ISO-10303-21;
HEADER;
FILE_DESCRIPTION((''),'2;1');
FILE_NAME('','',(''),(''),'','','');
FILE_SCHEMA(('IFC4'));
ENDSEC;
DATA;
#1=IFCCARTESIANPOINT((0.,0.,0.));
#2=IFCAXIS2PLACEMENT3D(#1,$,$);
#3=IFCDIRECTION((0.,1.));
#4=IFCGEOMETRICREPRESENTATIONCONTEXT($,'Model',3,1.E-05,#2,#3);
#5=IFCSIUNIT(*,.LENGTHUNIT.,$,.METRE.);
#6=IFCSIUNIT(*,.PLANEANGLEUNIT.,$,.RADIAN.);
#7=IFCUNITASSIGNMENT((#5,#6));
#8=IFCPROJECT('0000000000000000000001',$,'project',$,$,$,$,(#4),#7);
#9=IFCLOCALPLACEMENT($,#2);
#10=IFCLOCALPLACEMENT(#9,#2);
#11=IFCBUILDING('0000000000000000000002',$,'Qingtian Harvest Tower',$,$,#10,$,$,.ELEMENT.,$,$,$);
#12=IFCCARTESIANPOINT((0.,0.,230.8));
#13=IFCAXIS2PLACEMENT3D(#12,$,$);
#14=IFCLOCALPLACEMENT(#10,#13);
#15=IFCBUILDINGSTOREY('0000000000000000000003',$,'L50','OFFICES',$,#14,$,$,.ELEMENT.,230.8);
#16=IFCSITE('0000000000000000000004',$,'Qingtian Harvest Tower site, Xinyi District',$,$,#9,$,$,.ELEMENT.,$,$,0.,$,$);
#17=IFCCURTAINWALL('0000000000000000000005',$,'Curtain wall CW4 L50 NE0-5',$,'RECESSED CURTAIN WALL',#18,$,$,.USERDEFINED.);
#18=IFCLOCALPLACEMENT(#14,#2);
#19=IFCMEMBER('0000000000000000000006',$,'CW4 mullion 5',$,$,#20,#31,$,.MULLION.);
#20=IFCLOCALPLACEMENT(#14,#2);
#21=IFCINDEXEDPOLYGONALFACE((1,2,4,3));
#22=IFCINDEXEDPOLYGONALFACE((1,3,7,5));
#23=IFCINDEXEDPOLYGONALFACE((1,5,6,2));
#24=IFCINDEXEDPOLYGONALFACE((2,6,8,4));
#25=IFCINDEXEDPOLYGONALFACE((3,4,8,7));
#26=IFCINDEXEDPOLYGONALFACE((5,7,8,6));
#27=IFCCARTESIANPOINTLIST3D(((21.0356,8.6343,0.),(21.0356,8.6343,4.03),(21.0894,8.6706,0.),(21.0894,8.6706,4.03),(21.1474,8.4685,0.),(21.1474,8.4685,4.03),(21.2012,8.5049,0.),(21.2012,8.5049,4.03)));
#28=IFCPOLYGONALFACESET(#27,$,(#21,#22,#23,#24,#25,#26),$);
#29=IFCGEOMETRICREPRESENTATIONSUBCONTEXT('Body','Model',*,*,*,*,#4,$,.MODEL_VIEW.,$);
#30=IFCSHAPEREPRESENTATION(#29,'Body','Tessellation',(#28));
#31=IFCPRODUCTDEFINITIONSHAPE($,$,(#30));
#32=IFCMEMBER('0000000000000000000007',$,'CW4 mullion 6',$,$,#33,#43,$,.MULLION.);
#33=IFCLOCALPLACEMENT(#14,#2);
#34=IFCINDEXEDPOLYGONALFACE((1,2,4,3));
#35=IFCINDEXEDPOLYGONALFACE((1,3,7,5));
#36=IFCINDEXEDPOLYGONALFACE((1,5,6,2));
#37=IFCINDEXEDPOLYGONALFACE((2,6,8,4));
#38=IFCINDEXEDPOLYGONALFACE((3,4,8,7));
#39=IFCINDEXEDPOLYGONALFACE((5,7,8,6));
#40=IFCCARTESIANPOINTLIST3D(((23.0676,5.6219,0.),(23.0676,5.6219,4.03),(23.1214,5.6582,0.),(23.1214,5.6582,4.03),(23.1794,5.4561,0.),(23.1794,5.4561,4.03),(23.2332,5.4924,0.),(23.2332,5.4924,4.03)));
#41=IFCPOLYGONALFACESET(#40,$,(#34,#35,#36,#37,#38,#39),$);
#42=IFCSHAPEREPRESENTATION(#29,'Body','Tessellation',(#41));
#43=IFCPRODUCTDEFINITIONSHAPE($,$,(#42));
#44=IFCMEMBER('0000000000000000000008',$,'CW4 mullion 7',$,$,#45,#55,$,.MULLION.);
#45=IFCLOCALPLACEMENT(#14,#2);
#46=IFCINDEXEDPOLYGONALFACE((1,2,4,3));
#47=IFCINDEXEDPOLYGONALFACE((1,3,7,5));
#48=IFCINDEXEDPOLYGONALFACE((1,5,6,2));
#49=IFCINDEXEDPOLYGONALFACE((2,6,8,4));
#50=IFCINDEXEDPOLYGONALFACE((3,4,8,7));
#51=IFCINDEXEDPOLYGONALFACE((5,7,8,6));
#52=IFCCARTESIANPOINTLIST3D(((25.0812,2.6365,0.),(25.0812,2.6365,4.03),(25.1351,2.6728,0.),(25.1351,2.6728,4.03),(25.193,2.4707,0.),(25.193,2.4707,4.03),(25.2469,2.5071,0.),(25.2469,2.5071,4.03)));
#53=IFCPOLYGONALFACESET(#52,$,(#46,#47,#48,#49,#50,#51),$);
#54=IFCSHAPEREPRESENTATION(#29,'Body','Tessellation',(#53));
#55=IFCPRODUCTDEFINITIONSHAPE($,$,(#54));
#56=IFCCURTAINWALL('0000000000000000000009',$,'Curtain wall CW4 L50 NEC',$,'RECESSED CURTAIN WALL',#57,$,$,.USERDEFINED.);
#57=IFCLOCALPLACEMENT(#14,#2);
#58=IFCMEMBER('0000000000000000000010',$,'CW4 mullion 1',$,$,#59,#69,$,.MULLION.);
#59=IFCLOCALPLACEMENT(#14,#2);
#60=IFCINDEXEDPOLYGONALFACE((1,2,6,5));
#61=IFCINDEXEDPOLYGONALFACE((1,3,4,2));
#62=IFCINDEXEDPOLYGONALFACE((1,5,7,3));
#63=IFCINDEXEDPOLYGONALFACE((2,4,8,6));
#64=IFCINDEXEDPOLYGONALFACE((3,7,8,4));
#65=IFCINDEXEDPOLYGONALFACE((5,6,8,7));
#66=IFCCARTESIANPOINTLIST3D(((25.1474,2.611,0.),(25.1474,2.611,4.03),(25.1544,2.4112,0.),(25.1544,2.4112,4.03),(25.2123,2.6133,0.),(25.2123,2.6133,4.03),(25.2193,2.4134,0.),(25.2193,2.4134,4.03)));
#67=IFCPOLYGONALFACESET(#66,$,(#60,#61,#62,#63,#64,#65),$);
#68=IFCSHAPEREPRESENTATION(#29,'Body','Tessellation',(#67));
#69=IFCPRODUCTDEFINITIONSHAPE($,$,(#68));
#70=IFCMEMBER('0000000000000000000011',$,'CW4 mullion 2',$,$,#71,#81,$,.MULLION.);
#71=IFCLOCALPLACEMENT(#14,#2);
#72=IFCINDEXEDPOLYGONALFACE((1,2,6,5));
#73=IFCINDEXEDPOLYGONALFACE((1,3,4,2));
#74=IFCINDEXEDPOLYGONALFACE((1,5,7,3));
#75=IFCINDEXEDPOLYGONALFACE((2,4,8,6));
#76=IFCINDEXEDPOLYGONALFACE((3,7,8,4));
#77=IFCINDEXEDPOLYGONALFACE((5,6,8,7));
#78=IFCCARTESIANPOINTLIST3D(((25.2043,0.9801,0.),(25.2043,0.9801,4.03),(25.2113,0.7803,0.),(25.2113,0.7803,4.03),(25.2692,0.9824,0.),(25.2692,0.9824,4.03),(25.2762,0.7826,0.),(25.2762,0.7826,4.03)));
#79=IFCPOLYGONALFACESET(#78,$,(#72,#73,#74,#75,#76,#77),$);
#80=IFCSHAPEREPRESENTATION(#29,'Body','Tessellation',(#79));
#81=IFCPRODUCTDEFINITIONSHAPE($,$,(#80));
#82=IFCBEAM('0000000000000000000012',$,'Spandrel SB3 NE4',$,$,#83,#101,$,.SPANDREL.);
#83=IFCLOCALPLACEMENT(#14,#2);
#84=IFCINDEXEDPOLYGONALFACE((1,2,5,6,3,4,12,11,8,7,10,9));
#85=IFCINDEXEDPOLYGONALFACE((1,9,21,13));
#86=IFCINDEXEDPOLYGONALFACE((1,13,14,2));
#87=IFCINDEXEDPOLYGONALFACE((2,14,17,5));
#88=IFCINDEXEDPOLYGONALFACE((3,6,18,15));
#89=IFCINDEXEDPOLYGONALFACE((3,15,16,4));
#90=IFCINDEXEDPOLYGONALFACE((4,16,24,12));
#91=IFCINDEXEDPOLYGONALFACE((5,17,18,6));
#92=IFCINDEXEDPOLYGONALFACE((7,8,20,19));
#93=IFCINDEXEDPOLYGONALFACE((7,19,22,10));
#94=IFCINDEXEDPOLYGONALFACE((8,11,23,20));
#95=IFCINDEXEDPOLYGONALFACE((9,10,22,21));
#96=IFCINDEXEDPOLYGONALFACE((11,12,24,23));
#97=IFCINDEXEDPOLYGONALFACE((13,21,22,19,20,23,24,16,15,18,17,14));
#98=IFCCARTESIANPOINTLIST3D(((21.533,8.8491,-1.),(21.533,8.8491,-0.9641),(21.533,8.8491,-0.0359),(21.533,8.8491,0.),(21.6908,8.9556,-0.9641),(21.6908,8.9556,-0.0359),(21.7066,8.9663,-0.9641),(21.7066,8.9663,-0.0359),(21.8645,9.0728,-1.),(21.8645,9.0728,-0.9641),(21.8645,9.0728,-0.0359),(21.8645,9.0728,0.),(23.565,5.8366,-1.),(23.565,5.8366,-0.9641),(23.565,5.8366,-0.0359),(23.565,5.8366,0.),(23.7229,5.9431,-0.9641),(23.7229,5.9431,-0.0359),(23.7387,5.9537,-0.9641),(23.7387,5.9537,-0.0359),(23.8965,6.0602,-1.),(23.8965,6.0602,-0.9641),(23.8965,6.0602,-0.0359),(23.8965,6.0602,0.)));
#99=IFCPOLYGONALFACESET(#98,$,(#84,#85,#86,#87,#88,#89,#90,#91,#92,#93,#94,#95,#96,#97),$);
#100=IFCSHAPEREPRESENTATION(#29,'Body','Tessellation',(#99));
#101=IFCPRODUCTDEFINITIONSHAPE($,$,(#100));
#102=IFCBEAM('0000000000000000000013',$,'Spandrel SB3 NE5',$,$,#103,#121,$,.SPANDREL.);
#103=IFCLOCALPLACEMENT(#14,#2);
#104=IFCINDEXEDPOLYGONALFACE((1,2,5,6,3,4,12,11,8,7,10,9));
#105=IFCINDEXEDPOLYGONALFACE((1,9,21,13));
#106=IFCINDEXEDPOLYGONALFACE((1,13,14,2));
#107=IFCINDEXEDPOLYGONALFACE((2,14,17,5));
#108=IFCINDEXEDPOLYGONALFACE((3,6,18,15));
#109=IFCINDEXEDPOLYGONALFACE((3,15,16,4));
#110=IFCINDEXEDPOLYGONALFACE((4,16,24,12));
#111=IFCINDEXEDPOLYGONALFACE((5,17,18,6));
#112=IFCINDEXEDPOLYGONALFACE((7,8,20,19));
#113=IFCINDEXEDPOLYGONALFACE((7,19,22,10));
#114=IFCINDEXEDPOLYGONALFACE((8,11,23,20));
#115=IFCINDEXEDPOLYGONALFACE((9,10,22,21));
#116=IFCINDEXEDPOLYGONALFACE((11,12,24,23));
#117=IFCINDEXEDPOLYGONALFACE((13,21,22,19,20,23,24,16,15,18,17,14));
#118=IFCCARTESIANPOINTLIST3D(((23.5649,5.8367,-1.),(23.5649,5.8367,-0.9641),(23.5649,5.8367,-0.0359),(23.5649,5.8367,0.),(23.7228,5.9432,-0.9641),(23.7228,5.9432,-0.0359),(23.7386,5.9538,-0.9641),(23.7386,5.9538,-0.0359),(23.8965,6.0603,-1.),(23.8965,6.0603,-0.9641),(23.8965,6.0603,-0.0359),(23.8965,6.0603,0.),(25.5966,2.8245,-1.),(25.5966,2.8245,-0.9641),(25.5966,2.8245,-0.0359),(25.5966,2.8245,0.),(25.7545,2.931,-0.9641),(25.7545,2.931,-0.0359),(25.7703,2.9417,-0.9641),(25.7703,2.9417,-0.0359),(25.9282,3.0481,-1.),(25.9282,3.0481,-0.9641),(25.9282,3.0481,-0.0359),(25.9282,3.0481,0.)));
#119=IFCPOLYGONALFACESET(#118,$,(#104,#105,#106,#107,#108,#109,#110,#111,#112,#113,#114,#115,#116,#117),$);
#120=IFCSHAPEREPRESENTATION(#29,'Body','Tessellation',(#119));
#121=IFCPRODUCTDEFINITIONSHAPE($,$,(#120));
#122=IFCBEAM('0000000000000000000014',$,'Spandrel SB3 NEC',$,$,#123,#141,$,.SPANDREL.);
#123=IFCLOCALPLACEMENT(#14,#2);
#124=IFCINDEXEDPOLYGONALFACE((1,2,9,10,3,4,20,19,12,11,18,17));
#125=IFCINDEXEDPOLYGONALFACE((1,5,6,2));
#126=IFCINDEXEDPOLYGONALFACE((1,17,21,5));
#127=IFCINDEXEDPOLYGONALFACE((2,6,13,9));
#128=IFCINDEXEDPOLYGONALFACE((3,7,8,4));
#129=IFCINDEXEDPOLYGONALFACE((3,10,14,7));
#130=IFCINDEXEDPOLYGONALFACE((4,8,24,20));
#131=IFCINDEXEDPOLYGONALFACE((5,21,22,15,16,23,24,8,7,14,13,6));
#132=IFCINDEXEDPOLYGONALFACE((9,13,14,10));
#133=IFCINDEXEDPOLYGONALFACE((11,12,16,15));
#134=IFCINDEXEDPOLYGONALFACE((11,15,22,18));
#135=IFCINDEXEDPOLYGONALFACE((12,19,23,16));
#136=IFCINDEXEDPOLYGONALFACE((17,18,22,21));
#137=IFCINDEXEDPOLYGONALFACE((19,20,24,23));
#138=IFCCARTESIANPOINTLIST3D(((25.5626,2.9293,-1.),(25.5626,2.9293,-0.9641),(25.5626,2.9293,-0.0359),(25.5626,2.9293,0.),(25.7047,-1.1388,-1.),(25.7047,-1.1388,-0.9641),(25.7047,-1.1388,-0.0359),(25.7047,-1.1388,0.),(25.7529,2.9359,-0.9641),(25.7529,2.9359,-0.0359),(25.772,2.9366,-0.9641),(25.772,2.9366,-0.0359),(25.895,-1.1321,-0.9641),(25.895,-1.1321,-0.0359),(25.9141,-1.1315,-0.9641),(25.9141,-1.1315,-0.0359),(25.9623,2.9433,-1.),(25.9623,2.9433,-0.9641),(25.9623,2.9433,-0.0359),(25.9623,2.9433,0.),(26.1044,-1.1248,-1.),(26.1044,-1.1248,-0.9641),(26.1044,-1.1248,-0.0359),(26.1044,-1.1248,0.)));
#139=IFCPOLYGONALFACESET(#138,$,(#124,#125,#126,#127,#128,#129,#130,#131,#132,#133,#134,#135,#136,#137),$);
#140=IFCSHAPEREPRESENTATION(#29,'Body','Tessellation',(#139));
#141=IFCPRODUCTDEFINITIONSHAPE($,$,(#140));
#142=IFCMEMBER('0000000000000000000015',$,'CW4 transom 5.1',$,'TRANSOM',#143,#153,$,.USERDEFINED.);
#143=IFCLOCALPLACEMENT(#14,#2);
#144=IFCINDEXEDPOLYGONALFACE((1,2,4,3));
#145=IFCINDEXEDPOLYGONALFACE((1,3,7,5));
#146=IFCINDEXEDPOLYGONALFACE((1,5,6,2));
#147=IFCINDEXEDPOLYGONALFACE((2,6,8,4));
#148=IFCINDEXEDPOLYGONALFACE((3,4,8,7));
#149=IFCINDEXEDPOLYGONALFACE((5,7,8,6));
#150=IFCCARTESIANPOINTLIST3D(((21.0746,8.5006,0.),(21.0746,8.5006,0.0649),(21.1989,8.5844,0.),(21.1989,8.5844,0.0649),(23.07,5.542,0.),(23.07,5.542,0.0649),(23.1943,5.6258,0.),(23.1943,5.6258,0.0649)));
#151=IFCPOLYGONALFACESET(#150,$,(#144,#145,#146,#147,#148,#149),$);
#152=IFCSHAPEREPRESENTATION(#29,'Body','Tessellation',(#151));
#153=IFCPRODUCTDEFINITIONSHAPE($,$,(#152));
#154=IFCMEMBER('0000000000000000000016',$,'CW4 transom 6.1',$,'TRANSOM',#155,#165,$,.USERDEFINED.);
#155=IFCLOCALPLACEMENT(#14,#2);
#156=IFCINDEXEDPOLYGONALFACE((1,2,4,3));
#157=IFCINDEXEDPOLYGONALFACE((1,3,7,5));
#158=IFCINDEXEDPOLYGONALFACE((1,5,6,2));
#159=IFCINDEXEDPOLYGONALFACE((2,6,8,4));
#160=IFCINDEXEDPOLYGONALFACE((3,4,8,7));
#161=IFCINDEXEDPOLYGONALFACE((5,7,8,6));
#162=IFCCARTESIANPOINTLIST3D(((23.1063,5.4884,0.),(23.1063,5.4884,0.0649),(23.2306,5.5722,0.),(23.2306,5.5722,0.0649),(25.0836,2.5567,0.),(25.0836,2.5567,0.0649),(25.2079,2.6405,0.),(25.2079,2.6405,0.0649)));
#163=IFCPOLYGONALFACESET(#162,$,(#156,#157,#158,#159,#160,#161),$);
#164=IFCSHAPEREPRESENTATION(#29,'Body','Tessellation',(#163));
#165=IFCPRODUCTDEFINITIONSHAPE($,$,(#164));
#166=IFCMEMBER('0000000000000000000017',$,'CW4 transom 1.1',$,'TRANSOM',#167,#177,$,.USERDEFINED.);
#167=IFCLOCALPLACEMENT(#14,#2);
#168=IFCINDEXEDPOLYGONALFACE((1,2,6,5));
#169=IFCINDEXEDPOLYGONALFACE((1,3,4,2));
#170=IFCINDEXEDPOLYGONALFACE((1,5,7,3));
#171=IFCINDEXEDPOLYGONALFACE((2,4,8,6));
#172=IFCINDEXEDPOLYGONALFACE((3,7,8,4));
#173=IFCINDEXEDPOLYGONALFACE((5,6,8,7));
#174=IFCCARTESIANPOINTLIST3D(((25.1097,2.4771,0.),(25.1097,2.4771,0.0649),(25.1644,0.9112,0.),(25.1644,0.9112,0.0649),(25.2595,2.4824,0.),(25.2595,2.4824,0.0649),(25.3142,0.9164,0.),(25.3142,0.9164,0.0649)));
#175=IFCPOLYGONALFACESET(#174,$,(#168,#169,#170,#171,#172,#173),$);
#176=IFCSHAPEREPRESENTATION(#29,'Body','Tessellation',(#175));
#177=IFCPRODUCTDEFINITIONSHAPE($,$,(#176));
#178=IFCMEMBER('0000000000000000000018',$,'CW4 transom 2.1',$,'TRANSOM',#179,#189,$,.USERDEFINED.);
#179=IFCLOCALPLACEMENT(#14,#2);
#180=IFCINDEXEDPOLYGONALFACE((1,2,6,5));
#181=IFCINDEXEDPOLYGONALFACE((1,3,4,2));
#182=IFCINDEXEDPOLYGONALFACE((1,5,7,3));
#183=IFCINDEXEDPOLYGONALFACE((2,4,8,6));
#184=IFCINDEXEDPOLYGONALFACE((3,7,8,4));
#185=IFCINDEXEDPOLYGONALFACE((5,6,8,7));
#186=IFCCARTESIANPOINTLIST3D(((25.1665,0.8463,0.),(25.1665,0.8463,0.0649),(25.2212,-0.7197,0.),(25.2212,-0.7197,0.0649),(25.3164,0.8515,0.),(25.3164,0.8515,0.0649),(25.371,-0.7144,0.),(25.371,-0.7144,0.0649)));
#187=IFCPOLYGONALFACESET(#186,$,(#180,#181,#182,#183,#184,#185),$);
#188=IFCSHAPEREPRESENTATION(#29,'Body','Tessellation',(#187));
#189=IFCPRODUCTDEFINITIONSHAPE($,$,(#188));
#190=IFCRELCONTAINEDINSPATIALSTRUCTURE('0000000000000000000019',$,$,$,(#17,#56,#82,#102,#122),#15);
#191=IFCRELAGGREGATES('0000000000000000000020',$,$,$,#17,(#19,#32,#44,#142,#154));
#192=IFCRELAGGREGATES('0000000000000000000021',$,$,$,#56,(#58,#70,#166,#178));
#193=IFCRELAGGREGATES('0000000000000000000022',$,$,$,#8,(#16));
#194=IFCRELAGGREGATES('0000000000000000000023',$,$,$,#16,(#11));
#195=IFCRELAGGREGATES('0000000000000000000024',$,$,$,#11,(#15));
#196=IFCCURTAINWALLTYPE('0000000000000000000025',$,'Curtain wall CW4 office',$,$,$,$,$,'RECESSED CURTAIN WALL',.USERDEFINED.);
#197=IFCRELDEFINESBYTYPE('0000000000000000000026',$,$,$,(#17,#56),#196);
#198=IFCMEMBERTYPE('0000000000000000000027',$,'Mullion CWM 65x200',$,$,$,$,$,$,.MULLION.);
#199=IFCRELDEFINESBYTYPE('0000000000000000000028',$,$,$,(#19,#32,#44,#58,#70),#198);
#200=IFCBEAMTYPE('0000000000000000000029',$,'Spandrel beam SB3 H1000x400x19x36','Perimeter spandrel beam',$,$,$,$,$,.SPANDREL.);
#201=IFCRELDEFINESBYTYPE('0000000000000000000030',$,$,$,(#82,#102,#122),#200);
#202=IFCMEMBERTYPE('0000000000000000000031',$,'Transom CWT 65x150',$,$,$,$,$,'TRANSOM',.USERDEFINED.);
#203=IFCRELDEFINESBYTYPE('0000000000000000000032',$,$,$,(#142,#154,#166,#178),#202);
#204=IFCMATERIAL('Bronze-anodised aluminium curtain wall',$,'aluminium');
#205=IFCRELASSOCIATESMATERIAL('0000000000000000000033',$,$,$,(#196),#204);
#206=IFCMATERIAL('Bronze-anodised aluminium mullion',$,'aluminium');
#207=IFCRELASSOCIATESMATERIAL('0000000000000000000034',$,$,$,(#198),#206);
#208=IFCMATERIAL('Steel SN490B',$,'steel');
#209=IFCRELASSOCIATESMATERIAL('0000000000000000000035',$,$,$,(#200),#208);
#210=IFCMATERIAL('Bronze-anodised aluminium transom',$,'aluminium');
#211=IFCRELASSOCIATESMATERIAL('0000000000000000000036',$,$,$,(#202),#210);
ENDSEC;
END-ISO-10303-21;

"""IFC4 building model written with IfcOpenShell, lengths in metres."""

from ifc_helpers import new_model, si_unit, direction, frame, origin, origin_2d, place, context, subcontext, project, spatial, rectangle, i_section, extrude, material, material_profile, profile_set, type_object, element, aggregate, save


model = new_model("IFC4")

# Units and contexts
model_context = context("Model", 3, precision=1e-05, world=origin(), true_north=direction((0.0, 1.0)))
body_context = subcontext(model_context, "Body", "Model", "MODEL_VIEW")
ifc_project = project(units=[si_unit("LENGTHUNIT", "METRE"), si_unit("PLANEANGLEUNIT", "RADIAN")], contexts=[model_context])

# Site, building, storey
site_placement = place(None, origin())
site = spatial("IfcSite", under=ifc_project, at=site_placement, Name="Qingtian Harvest Tower site, Xinyi District", CompositionType="ELEMENT", RefElevation=0.0)
building_placement = place(site_placement, origin())
building = spatial("IfcBuilding", under=site, at=building_placement, Name="Qingtian Harvest Tower", CompositionType="ELEMENT")
storey_placement = place(building_placement, frame((0.0, 0.0, 230.8)))
storey = spatial("IfcBuildingStorey", under=building, at=storey_placement, Name="L50", Description="OFFICES", CompositionType="ELEMENT", Elevation=230.8)

# Curtain walls, members
ifc_material_1 = material(Name="Bronze-anodised aluminium curtain wall", Category="aluminium")
curtain_wall_type = type_object("IfcCurtainWallType", Name="Curtain wall CW4 office", ElementType="RECESSED CURTAIN WALL", PredefinedType="USERDEFINED", material=ifc_material_1)
curtain_wall_1_placement = place(storey_placement, origin())
curtain_wall_1 = element("IfcCurtainWall", 1, at=curtain_wall_1_placement, inside=storey, type_object=curtain_wall_type, Name="Curtain wall CW4 L50 NE0-5", ObjectType="RECESSED CURTAIN WALL", PredefinedType="USERDEFINED")
ifc_material_2 = material(Name="Bronze-anodised aluminium mullion", Category="aluminium")
ifc_material_profile_1 = material_profile(ifc_material_2, rectangle(XDim=0.0649, YDim=0.2, at=origin_2d()), Name="AL 65x200")
ifc_profile_set_1 = profile_set([ifc_material_profile_1], Name="Bronze-anodised aluminium mullion")
member_type_1 = type_object("IfcMemberType", Name="Mullion CWM 65x200", PredefinedType="MULLION", material=ifc_profile_set_1)
member_1_placement = place(storey_placement, frame((21.1184, 8.5696, 0.0), z_axis=(0.0, 0.0, 1.0), x_axis=(0.829038, 0.559193, 0.0)))
member_1 = element("IfcMember", 2, at=member_1_placement, type_object=member_type_1, Name="CW4 mullion 5", PredefinedType="MULLION", context=body_context, shape_type="SweptSolid", body=[
    extrude(rectangle(XDim=0.0649, YDim=0.2, at=origin_2d()), origin(), (0.0, 0.0, 1.0), 4.03),
])
member_2_placement = place(storey_placement, frame((23.1504, 5.5571, 0.0), z_axis=(0.0, 0.0, 1.0), x_axis=(0.829038, 0.559193, 0.0)))
member_2 = element("IfcMember", 3, at=member_2_placement, type_object=member_type_1, Name="CW4 mullion 6", PredefinedType="MULLION", context=body_context, shape_type="SweptSolid", body=[
    extrude(rectangle(XDim=0.0649, YDim=0.2, at=origin_2d()), origin(), (0.0, 0.0, 1.0), 4.03),
])
member_3_placement = place(storey_placement, frame((25.1641, 2.5718, 0.0), z_axis=(0.0, 0.0, 1.0), x_axis=(0.829038, 0.559193, 0.0)))
member_3 = element("IfcMember", 4, at=member_3_placement, type_object=member_type_1, Name="CW4 mullion 7", PredefinedType="MULLION", context=body_context, shape_type="SweptSolid", body=[
    extrude(rectangle(XDim=0.0649, YDim=0.2, at=origin_2d()), origin(), (0.0, 0.0, 1.0), 4.03),
])
curtain_wall_2_placement = place(storey_placement, origin())
curtain_wall_2 = element("IfcCurtainWall", 5, at=curtain_wall_2_placement, inside=storey, type_object=curtain_wall_type, Name="Curtain wall CW4 L50 NEC", ObjectType="RECESSED CURTAIN WALL", PredefinedType="USERDEFINED")
member_4_placement = place(storey_placement, frame((25.1833, 2.5122, 0.0), z_axis=(0.0, 0.0, 1.0), x_axis=(0.999391, 0.034899, 0.0)))
member_4 = element("IfcMember", 6, at=member_4_placement, type_object=member_type_1, Name="CW4 mullion 1", PredefinedType="MULLION", context=body_context, shape_type="SweptSolid", body=[
    extrude(rectangle(XDim=0.0649, YDim=0.2, at=origin_2d()), origin(), (0.0, 0.0, 1.0), 4.03),
])
member_5_placement = place(storey_placement, frame((25.2402, 0.8813, 0.0), z_axis=(0.0, 0.0, 1.0), x_axis=(0.999391, 0.034899, 0.0)))
member_5 = element("IfcMember", 7, at=member_5_placement, type_object=member_type_1, Name="CW4 mullion 2", PredefinedType="MULLION", context=body_context, shape_type="SweptSolid", body=[
    extrude(rectangle(XDim=0.0649, YDim=0.2, at=origin_2d()), origin(), (0.0, 0.0, 1.0), 4.03),
])

# Beams
ifc_material_3 = material(Name="Steel SN490B", Category="steel")
ifc_material_profile_2 = material_profile(ifc_material_3, i_section(OverallWidth=0.3999, OverallDepth=1.0, WebThickness=0.019, FlangeThickness=0.0359, at=origin_2d()), Name="H1000x400x19x36")
ifc_profile_set_2 = profile_set([ifc_material_profile_2], Name="Steel SN490B")
beam_type_1 = type_object("IfcBeamType", Name="Spandrel beam SB3 H1000x400x19x36", Description="Perimeter spandrel beam", PredefinedType="SPANDREL", material=ifc_profile_set_2)
beam_1_placement = place(storey_placement, frame((21.6987, 8.9609, -0.5), z_axis=(0.559204, -0.82903, 0.0), x_axis=(0.82903, 0.559204, 0.0)))
element("IfcBeam", 8, at=beam_1_placement, inside=storey, type_object=beam_type_1, Name="Spandrel SB3 NE4", PredefinedType="SPANDREL", context=body_context, shape_type="SweptSolid", body=[
    extrude(i_section(OverallWidth=0.3999, OverallDepth=1.0, WebThickness=0.019, FlangeThickness=0.0359, at=origin_2d()), origin(), (0.0, 0.0, 1.0), 3.6338),
])
beam_2_placement = place(storey_placement, frame((23.7307, 5.9485, -0.5), z_axis=(0.559189, -0.82904, 0.0), x_axis=(0.82904, 0.559189, 0.0)))
element("IfcBeam", 9, at=beam_2_placement, inside=storey, type_object=beam_type_1, Name="Spandrel SB3 NE5", PredefinedType="SPANDREL", context=body_context, shape_type="SweptSolid", body=[
    extrude(i_section(OverallWidth=0.3999, OverallDepth=1.0, WebThickness=0.019, FlangeThickness=0.0359, at=origin_2d()), origin(), (0.0, 0.0, 1.0), 3.6333),
])
beam_3_placement = place(storey_placement, frame((25.7625, 2.9363, -0.5), z_axis=(0.034906, -0.999391, 0.0), x_axis=(0.999391, 0.034906, 0.0)))
element("IfcBeam", 10, at=beam_3_placement, inside=storey, type_object=beam_type_1, Name="Spandrel SB3 NEC", PredefinedType="SPANDREL", context=body_context, shape_type="SweptSolid", body=[
    extrude(i_section(OverallWidth=0.3999, OverallDepth=1.0, WebThickness=0.019, FlangeThickness=0.0359, at=origin_2d()), origin(), (0.0, 0.0, 1.0), 4.0706),
])

# Members
ifc_material_4 = material(Name="Bronze-anodised aluminium transom", Category="aluminium")
ifc_material_profile_3 = material_profile(ifc_material_4, rectangle(XDim=0.1499, YDim=0.0649, at=origin_2d()), Name="AL 65x150")
ifc_profile_set_3 = profile_set([ifc_material_profile_3], Name="Bronze-anodised aluminium transom")
member_type_2 = type_object("IfcMemberType", Name="Transom CWT 65x150", ElementType="TRANSOM", PredefinedType="USERDEFINED", material=ifc_profile_set_3)
member_6_placement = place(storey_placement, frame((21.1367, 8.5425, 0.0325), z_axis=(0.55916, -0.82906, 0.0), x_axis=(0.82906, 0.55916, 0.0)))
member_6 = element("IfcMember", 11, at=member_6_placement, type_object=member_type_2, Name="CW4 transom 5.1", ObjectType="TRANSOM", PredefinedType="USERDEFINED", context=body_context, shape_type="SweptSolid", body=[
    extrude(rectangle(XDim=0.1499, YDim=0.0649, at=origin_2d()), origin(), (0.0, 0.0, 1.0), 3.5686),
])
member_7_placement = place(storey_placement, frame((23.1685, 5.5303, 0.0325), z_axis=(0.559169, -0.829054, 0.0), x_axis=(0.829054, 0.559169, 0.0)))
member_7 = element("IfcMember", 12, at=member_7_placement, type_object=member_type_2, Name="CW4 transom 6.1", ObjectType="TRANSOM", PredefinedType="USERDEFINED", context=body_context, shape_type="SweptSolid", body=[
    extrude(rectangle(XDim=0.1499, YDim=0.0649, at=origin_2d()), origin(), (0.0, 0.0, 1.0), 3.5361),
])
member_8_placement = place(storey_placement, frame((25.1846, 2.4797, 0.0325), z_axis=(0.034902, -0.999391, 0.0), x_axis=(0.999391, 0.034902, 0.0)))
member_8 = element("IfcMember", 13, at=member_8_placement, type_object=member_type_2, Name="CW4 transom 1.1", ObjectType="TRANSOM", PredefinedType="USERDEFINED", context=body_context, shape_type="SweptSolid", body=[
    extrude(rectangle(XDim=0.1499, YDim=0.0649, at=origin_2d()), origin(), (0.0, 0.0, 1.0), 1.5669),
])
member_9_placement = place(storey_placement, frame((25.2415, 0.8489, 0.0325), z_axis=(0.034902, -0.999391, 0.0), x_axis=(0.999391, 0.034902, 0.0)))
member_9 = element("IfcMember", 14, at=member_9_placement, type_object=member_type_2, Name="CW4 transom 2.1", ObjectType="TRANSOM", PredefinedType="USERDEFINED", context=body_context, shape_type="SweptSolid", body=[
    extrude(rectangle(XDim=0.1499, YDim=0.0649, at=origin_2d()), origin(), (0.0, 0.0, 1.0), 1.5669),
])

aggregate(curtain_wall_1, [member_1, member_2, member_3, member_6, member_7])
aggregate(curtain_wall_2, [member_4, member_5, member_8, member_9])

save(model, "model.ifc")
